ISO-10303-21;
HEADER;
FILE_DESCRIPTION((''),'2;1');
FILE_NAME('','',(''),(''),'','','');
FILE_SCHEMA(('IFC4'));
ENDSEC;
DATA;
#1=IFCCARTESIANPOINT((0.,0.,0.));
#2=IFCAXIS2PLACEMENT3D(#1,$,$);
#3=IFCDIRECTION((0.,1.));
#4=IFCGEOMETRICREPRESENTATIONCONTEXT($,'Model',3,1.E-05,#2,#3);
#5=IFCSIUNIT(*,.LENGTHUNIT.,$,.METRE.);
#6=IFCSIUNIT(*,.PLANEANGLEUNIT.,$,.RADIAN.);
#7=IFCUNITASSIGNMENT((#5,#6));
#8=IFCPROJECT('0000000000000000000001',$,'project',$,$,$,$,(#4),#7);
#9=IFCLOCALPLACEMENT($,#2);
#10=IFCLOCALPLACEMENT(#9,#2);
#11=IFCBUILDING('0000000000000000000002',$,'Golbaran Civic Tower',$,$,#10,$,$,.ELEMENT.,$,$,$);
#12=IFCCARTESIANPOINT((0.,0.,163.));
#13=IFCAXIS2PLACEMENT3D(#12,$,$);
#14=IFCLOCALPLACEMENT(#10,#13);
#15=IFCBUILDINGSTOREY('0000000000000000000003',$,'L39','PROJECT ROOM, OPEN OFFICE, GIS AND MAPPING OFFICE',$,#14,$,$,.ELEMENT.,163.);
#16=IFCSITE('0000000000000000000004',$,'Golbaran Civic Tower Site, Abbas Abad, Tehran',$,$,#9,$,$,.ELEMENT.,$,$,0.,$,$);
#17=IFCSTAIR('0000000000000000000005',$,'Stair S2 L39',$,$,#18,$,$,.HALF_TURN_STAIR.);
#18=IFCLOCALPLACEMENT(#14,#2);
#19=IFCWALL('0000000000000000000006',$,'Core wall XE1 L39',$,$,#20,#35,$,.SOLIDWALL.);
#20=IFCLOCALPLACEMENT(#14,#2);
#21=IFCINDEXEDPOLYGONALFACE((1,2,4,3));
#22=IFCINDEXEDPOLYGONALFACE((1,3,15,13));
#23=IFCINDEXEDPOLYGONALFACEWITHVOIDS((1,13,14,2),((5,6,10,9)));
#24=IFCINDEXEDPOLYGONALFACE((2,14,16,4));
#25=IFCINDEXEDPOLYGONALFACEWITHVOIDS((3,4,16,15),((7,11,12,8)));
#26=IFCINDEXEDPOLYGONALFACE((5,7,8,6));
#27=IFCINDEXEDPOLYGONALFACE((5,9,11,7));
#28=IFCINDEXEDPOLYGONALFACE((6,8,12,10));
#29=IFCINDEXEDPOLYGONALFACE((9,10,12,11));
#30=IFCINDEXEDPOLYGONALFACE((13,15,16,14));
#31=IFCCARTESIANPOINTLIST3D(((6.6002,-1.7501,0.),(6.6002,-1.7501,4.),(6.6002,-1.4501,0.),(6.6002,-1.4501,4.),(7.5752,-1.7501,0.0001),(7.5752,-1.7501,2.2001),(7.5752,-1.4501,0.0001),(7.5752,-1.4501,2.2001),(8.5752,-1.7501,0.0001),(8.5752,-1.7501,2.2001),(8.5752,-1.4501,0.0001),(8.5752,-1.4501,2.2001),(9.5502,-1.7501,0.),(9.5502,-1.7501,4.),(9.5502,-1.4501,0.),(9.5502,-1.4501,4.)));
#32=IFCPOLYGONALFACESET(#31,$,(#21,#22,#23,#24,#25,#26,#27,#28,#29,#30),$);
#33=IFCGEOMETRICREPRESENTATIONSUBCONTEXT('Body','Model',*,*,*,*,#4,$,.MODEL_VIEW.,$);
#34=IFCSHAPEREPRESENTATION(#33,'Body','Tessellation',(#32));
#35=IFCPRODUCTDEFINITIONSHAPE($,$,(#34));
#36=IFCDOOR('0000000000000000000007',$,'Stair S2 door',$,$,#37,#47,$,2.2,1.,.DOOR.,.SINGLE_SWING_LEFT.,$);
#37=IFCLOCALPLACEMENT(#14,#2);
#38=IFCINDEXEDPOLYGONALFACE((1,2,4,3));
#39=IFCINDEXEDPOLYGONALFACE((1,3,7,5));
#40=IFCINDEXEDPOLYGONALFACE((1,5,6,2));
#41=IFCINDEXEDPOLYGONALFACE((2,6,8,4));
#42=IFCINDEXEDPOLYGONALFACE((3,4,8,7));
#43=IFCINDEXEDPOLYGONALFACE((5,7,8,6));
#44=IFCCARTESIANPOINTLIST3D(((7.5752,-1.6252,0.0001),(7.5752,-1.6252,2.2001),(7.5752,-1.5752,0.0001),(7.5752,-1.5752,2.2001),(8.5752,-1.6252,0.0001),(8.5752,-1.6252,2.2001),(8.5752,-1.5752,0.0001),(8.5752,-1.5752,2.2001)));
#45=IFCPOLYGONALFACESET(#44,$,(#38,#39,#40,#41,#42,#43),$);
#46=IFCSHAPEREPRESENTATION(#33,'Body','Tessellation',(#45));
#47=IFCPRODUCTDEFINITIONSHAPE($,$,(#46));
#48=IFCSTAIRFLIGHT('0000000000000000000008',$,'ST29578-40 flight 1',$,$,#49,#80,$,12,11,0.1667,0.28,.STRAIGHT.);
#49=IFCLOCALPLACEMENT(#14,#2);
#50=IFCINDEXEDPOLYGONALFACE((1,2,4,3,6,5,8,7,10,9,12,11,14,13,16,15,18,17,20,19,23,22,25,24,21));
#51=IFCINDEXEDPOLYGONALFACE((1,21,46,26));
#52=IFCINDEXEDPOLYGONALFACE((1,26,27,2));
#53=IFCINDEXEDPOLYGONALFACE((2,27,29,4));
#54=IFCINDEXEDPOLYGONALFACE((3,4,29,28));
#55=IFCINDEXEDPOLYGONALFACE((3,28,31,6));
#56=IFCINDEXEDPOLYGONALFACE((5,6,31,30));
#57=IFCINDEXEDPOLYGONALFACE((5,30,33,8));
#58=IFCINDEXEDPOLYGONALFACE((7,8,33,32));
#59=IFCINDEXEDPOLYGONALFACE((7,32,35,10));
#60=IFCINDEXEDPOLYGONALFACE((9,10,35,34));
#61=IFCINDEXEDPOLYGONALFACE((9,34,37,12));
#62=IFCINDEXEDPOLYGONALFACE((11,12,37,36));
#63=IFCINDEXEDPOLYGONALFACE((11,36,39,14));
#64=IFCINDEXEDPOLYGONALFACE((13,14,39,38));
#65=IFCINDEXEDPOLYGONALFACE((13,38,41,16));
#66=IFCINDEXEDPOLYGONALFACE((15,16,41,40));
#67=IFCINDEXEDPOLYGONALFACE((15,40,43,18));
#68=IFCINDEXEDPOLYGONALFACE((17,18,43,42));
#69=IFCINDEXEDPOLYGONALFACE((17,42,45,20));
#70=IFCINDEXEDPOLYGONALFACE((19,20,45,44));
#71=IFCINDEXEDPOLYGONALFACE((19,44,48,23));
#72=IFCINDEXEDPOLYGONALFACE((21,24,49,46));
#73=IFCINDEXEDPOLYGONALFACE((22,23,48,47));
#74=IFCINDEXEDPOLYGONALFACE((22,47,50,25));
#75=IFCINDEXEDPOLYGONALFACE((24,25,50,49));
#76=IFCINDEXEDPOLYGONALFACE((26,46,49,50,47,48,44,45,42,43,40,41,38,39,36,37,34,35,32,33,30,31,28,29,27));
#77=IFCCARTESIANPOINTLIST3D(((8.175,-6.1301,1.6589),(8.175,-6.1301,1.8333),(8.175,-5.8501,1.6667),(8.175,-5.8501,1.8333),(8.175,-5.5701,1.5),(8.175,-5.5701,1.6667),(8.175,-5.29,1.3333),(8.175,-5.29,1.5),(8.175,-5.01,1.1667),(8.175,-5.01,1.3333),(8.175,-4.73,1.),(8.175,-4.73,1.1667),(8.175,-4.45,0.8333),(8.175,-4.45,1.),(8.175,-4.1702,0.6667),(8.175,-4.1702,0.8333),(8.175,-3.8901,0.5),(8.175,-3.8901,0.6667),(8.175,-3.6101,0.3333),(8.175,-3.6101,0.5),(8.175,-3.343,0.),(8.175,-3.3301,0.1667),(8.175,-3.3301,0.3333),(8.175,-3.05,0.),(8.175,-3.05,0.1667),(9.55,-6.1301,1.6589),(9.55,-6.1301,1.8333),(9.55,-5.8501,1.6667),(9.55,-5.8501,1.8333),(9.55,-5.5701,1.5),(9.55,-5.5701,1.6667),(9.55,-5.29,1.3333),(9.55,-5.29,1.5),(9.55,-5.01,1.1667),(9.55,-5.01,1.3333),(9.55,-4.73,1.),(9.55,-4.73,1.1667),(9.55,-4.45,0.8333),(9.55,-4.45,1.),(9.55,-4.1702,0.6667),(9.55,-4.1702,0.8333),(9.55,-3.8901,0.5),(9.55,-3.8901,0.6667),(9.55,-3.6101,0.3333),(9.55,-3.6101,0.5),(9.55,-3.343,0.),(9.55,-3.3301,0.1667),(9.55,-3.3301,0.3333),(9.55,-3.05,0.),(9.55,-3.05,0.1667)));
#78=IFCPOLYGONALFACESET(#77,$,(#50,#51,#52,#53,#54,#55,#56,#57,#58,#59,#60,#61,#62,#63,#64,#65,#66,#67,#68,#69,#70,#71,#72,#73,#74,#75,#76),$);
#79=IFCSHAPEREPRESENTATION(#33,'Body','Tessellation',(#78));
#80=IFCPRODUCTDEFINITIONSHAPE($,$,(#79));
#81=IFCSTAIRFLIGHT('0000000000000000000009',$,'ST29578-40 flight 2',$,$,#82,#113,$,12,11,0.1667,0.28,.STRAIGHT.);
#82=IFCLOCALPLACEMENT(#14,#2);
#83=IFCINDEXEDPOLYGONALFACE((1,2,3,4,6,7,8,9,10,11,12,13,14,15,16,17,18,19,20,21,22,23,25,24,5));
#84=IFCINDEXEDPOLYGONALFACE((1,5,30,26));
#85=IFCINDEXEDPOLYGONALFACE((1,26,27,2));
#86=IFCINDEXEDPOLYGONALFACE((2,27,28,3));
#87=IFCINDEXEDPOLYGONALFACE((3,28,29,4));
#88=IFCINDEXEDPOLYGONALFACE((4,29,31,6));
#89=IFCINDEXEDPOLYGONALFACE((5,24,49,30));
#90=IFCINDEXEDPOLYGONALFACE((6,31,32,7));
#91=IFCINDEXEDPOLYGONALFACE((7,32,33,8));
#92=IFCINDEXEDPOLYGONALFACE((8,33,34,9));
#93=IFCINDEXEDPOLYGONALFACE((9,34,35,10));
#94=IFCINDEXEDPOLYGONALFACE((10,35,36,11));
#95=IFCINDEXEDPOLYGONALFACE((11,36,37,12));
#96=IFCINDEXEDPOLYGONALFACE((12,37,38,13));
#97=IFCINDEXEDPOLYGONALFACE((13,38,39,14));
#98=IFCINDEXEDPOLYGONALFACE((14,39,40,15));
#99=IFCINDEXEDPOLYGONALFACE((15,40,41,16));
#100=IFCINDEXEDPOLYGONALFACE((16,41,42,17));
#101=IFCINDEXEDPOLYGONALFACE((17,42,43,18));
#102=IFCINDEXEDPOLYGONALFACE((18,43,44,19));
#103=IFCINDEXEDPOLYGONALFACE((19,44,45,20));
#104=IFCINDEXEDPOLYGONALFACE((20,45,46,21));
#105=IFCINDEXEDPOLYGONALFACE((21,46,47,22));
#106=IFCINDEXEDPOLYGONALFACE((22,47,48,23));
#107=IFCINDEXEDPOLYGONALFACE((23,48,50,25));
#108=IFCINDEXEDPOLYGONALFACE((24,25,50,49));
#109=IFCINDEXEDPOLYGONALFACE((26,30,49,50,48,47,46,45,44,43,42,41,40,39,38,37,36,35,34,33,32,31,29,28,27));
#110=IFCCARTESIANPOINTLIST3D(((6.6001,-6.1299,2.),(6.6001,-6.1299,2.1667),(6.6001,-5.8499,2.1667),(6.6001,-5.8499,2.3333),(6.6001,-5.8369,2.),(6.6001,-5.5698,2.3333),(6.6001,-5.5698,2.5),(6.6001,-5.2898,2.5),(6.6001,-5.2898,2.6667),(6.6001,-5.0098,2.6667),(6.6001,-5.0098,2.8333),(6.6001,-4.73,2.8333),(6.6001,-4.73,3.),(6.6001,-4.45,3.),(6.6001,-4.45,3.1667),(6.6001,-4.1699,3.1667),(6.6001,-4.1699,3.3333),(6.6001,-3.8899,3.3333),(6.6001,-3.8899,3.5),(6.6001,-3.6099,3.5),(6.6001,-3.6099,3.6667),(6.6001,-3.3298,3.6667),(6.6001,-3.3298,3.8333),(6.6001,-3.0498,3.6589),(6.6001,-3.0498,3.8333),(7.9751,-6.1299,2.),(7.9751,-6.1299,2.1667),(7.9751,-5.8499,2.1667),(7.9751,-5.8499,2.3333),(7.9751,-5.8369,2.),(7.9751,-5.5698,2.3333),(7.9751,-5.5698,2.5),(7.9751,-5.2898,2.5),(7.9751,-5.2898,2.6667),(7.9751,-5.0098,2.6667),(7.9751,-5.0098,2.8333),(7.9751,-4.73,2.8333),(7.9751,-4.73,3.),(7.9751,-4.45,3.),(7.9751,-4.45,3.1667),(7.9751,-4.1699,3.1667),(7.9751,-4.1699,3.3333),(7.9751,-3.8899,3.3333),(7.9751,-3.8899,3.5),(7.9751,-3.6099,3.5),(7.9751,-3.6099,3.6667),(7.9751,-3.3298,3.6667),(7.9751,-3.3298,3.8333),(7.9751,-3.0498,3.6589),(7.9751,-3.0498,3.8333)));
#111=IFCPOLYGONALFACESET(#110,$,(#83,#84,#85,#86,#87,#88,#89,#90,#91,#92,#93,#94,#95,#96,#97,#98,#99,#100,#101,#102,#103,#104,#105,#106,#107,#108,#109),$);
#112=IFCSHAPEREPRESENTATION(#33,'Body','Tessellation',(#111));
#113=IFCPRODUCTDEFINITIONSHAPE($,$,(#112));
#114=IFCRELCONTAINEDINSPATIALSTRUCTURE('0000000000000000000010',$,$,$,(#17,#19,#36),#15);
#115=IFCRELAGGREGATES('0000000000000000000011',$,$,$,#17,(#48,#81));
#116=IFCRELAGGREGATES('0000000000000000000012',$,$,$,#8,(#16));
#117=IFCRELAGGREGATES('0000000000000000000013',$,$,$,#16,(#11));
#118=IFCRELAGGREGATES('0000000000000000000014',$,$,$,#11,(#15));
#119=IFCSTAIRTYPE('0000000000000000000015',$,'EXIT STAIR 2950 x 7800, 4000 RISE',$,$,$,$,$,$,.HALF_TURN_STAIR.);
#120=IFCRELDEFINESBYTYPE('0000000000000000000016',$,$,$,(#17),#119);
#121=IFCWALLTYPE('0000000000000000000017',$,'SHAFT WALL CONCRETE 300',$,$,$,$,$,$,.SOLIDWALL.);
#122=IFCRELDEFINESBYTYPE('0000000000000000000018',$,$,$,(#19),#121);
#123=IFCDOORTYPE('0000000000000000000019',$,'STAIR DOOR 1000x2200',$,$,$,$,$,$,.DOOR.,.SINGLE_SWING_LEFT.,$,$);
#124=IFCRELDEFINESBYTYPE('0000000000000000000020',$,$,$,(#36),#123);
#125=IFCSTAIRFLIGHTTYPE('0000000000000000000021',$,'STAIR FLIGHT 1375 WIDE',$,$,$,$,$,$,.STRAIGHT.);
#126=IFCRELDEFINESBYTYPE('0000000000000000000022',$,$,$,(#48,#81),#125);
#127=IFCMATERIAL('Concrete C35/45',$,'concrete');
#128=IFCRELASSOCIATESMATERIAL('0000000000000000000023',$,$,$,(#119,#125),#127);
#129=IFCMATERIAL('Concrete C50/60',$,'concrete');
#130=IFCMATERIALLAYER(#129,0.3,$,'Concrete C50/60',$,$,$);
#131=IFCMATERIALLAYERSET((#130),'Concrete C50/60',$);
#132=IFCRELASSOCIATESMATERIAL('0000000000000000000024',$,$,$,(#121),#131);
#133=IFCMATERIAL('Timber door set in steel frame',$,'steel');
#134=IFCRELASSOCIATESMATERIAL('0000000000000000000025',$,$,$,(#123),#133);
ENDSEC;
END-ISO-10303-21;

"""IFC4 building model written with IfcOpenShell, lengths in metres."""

from ifc_helpers import new_model, si_unit, direction, frame, frame_2d, origin, place, context, subcontext, project, spatial, polyline, rectangle, outline, extrude, material, layer, layer_set, type_object, element, fill, aggregate, save


model = new_model("IFC4")

# Units and contexts
model_context = context("Model", 3, precision=1e-05, world=origin(), true_north=direction((0.0, 1.0)))
body_context = subcontext(model_context, "Body", "Model", "MODEL_VIEW")
ifc_project = project(units=[si_unit("LENGTHUNIT", "METRE"), si_unit("PLANEANGLEUNIT", "RADIAN")], contexts=[model_context])

# Site, building, storey
site_placement = place(None, origin())
site = spatial("IfcSite", under=ifc_project, at=site_placement, Name="Golbaran Civic Tower Site, Abbas Abad, Tehran", CompositionType="ELEMENT", RefElevation=0.0)
building_placement = place(site_placement, origin())
building = spatial("IfcBuilding", under=site, at=building_placement, Name="Golbaran Civic Tower", CompositionType="ELEMENT")
storey_placement = place(building_placement, frame((0.0, 0.0, 163.0)))
storey = spatial("IfcBuildingStorey", under=building, at=storey_placement, Name="L39", Description="PROJECT ROOM, OPEN OFFICE, GIS AND MAPPING OFFICE", CompositionType="ELEMENT", Elevation=163.0)

# Stair
ifc_material_1 = material(Name="Concrete C35/45", Category="concrete")
stair_type_1 = type_object("IfcStairType", Name="EXIT STAIR 2950 x 7800, 4000 RISE", PredefinedType="HALF_TURN_STAIR", material=ifc_material_1)
stair_1_placement = place(storey_placement, origin())
stair_1 = element("IfcStair", 1, at=stair_1_placement, inside=storey, type_object=stair_type_1, Name="Stair S2 L39", PredefinedType="HALF_TURN_STAIR")

# Shared definitions
ifc_material_2 = material(Name="Concrete C50/60", Category="concrete")
ifc_layer_1 = layer(ifc_material_2, 0.3, Name="Concrete C50/60")
ifc_layer_set_1 = layer_set([ifc_layer_1], Name="Concrete C50/60")
wall_type_1 = type_object("IfcWallType", Name="SHAFT WALL CONCRETE 300", PredefinedType="SOLIDWALL", material=ifc_layer_set_1)

# Shared definitions
ifc_material_3 = material(Name="Timber door set in steel frame", Category="steel")
door_type_1 = type_object("IfcDoorType", Name="STAIR DOOR 1000x2200", OperationType="SINGLE_SWING_LEFT", PredefinedType="DOOR", material=ifc_material_3)

# Wall, opening, door
wall_1_placement = place(storey_placement, frame((6.6001, -1.6001, 0.0), z_axis=(0.0, 0.0, 1.0), x_axis=(1.0, 0.0, 0.0)))
wall_1 = element("IfcWall", 2, at=wall_1_placement, inside=storey, type_object=wall_type_1, Name="Core wall XE1 L39", PredefinedType="SOLIDWALL", context=body_context, shape_type="SweptSolid", body=[
    extrude(rectangle(XDim=2.95, YDim=0.3, at=frame_2d((1.4751, 0.0))), origin(), (0.0, 0.0, 1.0), 4.0),
])
opening_1_placement = place(wall_1_placement, frame((0.9751, 0.0, 0.0)))
opening_1 = element("IfcOpeningElement", 3, at=opening_1_placement, cuts=wall_1, PredefinedType="OPENING", context=body_context, shape_type="SweptSolid", body=[
    extrude(rectangle(XDim=1.0, YDim=2.2, at=frame_2d((0.5, 1.1001))), frame((0.0, 0.1599, 0.0), z_axis=(0.0, -1.0, 0.0), x_axis=(1.0, 0.0, 0.0)), (0.0, 0.0, 1.0), 0.3201),
])
door_1_placement = place(opening_1_placement, origin())
door_1 = element("IfcDoor", 4, at=door_1_placement, inside=storey, type_object=door_type_1, Name="Stair S2 door", OperationType="SINGLE_SWING_LEFT", OverallHeight=2.2, OverallWidth=1.0, PredefinedType="DOOR", context=body_context, shape_type="SweptSolid", body=[
    extrude(rectangle(XDim=1.0, YDim=2.2, at=frame_2d((0.5, 1.1001))), frame((0.0, 0.0249, 0.0), z_axis=(0.0, -1.0, 0.0), x_axis=(1.0, 0.0, 0.0)), (0.0, 0.0, 1.0), 0.05),
])
fill(opening_1, door_1)

# Stair flights
stair_flight_type = type_object("IfcStairFlightType", Name="STAIR FLIGHT 1375 WIDE", PredefinedType="STRAIGHT", material=ifc_material_1)
stair_flight_1_placement = place(storey_placement, frame((8.8625, -3.05, 0.0), z_axis=(0.0, 0.0, 1.0), x_axis=(0.0, -1.0, 0.0)))
stair_flight_1 = element("IfcStairFlight", 5, at=stair_flight_1_placement, type_object=stair_flight_type, Name="ST29578-40 flight 1", NumberOfRisers=12, NumberOfTreads=11, PredefinedType="STRAIGHT", RiserHeight=0.1667, TreadLength=0.28, context=body_context, shape_type="SweptSolid", body=[
    extrude(outline(polyline([(0.0, 0.0), (0.0, 0.1667), (0.28, 0.1667), (0.28, 0.3333), (0.5601, 0.3333), (0.5601, 0.5), (0.8401, 0.5), (0.8401, 0.6667), (1.1201, 0.6667), (1.1201, 0.8333), (1.3999, 0.8333), (1.3999, 1.0), (1.6799, 1.0), (1.6799, 1.1667), (1.96, 1.1667), (1.96, 1.3333), (2.24, 1.3333), (2.24, 1.5), (2.52, 1.5), (2.52, 1.6667), (2.8, 1.6667), (2.8, 1.8333), (3.0801, 1.8333), (3.0801, 2.0), (3.0801, 1.6589), (0.293, 0.0), (0.0, 0.0)])), frame((0.0, 0.6875, 0.0), z_axis=(0.0, -1.0, 0.0), x_axis=(1.0, 0.0, 0.0)), (0.0, 0.0, 1.0), 1.375),
])
stair_flight_2_placement = place(storey_placement, frame((7.2876, -6.1299, 2.0), z_axis=(0.0, 0.0, 1.0), x_axis=(0.0, 1.0, 0.0)))
stair_flight_2 = element("IfcStairFlight", 6, at=stair_flight_2_placement, type_object=stair_flight_type, Name="ST29578-40 flight 2", NumberOfRisers=12, NumberOfTreads=11, PredefinedType="STRAIGHT", RiserHeight=0.1667, TreadLength=0.28, context=body_context, shape_type="SweptSolid", body=[
    extrude(outline(polyline([(0.0, 0.0), (0.0, 0.1667), (0.28, 0.1667), (0.28, 0.3333), (0.5601, 0.3333), (0.5601, 0.5), (0.8401, 0.5), (0.8401, 0.6667), (1.1201, 0.6667), (1.1201, 0.8333), (1.3999, 0.8333), (1.3999, 1.0), (1.6799, 1.0), (1.6799, 1.1667), (1.96, 1.1667), (1.96, 1.3333), (2.24, 1.3333), (2.24, 1.5), (2.52, 1.5), (2.52, 1.6667), (2.8, 1.6667), (2.8, 1.8333), (3.0801, 1.8333), (3.0801, 2.0), (3.0801, 1.6589), (0.293, 0.0), (0.0, 0.0)])), frame((0.0, 0.6875, 0.0), z_axis=(0.0, -1.0, 0.0), x_axis=(1.0, 0.0, 0.0)), (0.0, 0.0, 1.0), 1.375),
])
aggregate(stair_1, [stair_flight_1, stair_flight_2])

save(model, "model.ifc")
